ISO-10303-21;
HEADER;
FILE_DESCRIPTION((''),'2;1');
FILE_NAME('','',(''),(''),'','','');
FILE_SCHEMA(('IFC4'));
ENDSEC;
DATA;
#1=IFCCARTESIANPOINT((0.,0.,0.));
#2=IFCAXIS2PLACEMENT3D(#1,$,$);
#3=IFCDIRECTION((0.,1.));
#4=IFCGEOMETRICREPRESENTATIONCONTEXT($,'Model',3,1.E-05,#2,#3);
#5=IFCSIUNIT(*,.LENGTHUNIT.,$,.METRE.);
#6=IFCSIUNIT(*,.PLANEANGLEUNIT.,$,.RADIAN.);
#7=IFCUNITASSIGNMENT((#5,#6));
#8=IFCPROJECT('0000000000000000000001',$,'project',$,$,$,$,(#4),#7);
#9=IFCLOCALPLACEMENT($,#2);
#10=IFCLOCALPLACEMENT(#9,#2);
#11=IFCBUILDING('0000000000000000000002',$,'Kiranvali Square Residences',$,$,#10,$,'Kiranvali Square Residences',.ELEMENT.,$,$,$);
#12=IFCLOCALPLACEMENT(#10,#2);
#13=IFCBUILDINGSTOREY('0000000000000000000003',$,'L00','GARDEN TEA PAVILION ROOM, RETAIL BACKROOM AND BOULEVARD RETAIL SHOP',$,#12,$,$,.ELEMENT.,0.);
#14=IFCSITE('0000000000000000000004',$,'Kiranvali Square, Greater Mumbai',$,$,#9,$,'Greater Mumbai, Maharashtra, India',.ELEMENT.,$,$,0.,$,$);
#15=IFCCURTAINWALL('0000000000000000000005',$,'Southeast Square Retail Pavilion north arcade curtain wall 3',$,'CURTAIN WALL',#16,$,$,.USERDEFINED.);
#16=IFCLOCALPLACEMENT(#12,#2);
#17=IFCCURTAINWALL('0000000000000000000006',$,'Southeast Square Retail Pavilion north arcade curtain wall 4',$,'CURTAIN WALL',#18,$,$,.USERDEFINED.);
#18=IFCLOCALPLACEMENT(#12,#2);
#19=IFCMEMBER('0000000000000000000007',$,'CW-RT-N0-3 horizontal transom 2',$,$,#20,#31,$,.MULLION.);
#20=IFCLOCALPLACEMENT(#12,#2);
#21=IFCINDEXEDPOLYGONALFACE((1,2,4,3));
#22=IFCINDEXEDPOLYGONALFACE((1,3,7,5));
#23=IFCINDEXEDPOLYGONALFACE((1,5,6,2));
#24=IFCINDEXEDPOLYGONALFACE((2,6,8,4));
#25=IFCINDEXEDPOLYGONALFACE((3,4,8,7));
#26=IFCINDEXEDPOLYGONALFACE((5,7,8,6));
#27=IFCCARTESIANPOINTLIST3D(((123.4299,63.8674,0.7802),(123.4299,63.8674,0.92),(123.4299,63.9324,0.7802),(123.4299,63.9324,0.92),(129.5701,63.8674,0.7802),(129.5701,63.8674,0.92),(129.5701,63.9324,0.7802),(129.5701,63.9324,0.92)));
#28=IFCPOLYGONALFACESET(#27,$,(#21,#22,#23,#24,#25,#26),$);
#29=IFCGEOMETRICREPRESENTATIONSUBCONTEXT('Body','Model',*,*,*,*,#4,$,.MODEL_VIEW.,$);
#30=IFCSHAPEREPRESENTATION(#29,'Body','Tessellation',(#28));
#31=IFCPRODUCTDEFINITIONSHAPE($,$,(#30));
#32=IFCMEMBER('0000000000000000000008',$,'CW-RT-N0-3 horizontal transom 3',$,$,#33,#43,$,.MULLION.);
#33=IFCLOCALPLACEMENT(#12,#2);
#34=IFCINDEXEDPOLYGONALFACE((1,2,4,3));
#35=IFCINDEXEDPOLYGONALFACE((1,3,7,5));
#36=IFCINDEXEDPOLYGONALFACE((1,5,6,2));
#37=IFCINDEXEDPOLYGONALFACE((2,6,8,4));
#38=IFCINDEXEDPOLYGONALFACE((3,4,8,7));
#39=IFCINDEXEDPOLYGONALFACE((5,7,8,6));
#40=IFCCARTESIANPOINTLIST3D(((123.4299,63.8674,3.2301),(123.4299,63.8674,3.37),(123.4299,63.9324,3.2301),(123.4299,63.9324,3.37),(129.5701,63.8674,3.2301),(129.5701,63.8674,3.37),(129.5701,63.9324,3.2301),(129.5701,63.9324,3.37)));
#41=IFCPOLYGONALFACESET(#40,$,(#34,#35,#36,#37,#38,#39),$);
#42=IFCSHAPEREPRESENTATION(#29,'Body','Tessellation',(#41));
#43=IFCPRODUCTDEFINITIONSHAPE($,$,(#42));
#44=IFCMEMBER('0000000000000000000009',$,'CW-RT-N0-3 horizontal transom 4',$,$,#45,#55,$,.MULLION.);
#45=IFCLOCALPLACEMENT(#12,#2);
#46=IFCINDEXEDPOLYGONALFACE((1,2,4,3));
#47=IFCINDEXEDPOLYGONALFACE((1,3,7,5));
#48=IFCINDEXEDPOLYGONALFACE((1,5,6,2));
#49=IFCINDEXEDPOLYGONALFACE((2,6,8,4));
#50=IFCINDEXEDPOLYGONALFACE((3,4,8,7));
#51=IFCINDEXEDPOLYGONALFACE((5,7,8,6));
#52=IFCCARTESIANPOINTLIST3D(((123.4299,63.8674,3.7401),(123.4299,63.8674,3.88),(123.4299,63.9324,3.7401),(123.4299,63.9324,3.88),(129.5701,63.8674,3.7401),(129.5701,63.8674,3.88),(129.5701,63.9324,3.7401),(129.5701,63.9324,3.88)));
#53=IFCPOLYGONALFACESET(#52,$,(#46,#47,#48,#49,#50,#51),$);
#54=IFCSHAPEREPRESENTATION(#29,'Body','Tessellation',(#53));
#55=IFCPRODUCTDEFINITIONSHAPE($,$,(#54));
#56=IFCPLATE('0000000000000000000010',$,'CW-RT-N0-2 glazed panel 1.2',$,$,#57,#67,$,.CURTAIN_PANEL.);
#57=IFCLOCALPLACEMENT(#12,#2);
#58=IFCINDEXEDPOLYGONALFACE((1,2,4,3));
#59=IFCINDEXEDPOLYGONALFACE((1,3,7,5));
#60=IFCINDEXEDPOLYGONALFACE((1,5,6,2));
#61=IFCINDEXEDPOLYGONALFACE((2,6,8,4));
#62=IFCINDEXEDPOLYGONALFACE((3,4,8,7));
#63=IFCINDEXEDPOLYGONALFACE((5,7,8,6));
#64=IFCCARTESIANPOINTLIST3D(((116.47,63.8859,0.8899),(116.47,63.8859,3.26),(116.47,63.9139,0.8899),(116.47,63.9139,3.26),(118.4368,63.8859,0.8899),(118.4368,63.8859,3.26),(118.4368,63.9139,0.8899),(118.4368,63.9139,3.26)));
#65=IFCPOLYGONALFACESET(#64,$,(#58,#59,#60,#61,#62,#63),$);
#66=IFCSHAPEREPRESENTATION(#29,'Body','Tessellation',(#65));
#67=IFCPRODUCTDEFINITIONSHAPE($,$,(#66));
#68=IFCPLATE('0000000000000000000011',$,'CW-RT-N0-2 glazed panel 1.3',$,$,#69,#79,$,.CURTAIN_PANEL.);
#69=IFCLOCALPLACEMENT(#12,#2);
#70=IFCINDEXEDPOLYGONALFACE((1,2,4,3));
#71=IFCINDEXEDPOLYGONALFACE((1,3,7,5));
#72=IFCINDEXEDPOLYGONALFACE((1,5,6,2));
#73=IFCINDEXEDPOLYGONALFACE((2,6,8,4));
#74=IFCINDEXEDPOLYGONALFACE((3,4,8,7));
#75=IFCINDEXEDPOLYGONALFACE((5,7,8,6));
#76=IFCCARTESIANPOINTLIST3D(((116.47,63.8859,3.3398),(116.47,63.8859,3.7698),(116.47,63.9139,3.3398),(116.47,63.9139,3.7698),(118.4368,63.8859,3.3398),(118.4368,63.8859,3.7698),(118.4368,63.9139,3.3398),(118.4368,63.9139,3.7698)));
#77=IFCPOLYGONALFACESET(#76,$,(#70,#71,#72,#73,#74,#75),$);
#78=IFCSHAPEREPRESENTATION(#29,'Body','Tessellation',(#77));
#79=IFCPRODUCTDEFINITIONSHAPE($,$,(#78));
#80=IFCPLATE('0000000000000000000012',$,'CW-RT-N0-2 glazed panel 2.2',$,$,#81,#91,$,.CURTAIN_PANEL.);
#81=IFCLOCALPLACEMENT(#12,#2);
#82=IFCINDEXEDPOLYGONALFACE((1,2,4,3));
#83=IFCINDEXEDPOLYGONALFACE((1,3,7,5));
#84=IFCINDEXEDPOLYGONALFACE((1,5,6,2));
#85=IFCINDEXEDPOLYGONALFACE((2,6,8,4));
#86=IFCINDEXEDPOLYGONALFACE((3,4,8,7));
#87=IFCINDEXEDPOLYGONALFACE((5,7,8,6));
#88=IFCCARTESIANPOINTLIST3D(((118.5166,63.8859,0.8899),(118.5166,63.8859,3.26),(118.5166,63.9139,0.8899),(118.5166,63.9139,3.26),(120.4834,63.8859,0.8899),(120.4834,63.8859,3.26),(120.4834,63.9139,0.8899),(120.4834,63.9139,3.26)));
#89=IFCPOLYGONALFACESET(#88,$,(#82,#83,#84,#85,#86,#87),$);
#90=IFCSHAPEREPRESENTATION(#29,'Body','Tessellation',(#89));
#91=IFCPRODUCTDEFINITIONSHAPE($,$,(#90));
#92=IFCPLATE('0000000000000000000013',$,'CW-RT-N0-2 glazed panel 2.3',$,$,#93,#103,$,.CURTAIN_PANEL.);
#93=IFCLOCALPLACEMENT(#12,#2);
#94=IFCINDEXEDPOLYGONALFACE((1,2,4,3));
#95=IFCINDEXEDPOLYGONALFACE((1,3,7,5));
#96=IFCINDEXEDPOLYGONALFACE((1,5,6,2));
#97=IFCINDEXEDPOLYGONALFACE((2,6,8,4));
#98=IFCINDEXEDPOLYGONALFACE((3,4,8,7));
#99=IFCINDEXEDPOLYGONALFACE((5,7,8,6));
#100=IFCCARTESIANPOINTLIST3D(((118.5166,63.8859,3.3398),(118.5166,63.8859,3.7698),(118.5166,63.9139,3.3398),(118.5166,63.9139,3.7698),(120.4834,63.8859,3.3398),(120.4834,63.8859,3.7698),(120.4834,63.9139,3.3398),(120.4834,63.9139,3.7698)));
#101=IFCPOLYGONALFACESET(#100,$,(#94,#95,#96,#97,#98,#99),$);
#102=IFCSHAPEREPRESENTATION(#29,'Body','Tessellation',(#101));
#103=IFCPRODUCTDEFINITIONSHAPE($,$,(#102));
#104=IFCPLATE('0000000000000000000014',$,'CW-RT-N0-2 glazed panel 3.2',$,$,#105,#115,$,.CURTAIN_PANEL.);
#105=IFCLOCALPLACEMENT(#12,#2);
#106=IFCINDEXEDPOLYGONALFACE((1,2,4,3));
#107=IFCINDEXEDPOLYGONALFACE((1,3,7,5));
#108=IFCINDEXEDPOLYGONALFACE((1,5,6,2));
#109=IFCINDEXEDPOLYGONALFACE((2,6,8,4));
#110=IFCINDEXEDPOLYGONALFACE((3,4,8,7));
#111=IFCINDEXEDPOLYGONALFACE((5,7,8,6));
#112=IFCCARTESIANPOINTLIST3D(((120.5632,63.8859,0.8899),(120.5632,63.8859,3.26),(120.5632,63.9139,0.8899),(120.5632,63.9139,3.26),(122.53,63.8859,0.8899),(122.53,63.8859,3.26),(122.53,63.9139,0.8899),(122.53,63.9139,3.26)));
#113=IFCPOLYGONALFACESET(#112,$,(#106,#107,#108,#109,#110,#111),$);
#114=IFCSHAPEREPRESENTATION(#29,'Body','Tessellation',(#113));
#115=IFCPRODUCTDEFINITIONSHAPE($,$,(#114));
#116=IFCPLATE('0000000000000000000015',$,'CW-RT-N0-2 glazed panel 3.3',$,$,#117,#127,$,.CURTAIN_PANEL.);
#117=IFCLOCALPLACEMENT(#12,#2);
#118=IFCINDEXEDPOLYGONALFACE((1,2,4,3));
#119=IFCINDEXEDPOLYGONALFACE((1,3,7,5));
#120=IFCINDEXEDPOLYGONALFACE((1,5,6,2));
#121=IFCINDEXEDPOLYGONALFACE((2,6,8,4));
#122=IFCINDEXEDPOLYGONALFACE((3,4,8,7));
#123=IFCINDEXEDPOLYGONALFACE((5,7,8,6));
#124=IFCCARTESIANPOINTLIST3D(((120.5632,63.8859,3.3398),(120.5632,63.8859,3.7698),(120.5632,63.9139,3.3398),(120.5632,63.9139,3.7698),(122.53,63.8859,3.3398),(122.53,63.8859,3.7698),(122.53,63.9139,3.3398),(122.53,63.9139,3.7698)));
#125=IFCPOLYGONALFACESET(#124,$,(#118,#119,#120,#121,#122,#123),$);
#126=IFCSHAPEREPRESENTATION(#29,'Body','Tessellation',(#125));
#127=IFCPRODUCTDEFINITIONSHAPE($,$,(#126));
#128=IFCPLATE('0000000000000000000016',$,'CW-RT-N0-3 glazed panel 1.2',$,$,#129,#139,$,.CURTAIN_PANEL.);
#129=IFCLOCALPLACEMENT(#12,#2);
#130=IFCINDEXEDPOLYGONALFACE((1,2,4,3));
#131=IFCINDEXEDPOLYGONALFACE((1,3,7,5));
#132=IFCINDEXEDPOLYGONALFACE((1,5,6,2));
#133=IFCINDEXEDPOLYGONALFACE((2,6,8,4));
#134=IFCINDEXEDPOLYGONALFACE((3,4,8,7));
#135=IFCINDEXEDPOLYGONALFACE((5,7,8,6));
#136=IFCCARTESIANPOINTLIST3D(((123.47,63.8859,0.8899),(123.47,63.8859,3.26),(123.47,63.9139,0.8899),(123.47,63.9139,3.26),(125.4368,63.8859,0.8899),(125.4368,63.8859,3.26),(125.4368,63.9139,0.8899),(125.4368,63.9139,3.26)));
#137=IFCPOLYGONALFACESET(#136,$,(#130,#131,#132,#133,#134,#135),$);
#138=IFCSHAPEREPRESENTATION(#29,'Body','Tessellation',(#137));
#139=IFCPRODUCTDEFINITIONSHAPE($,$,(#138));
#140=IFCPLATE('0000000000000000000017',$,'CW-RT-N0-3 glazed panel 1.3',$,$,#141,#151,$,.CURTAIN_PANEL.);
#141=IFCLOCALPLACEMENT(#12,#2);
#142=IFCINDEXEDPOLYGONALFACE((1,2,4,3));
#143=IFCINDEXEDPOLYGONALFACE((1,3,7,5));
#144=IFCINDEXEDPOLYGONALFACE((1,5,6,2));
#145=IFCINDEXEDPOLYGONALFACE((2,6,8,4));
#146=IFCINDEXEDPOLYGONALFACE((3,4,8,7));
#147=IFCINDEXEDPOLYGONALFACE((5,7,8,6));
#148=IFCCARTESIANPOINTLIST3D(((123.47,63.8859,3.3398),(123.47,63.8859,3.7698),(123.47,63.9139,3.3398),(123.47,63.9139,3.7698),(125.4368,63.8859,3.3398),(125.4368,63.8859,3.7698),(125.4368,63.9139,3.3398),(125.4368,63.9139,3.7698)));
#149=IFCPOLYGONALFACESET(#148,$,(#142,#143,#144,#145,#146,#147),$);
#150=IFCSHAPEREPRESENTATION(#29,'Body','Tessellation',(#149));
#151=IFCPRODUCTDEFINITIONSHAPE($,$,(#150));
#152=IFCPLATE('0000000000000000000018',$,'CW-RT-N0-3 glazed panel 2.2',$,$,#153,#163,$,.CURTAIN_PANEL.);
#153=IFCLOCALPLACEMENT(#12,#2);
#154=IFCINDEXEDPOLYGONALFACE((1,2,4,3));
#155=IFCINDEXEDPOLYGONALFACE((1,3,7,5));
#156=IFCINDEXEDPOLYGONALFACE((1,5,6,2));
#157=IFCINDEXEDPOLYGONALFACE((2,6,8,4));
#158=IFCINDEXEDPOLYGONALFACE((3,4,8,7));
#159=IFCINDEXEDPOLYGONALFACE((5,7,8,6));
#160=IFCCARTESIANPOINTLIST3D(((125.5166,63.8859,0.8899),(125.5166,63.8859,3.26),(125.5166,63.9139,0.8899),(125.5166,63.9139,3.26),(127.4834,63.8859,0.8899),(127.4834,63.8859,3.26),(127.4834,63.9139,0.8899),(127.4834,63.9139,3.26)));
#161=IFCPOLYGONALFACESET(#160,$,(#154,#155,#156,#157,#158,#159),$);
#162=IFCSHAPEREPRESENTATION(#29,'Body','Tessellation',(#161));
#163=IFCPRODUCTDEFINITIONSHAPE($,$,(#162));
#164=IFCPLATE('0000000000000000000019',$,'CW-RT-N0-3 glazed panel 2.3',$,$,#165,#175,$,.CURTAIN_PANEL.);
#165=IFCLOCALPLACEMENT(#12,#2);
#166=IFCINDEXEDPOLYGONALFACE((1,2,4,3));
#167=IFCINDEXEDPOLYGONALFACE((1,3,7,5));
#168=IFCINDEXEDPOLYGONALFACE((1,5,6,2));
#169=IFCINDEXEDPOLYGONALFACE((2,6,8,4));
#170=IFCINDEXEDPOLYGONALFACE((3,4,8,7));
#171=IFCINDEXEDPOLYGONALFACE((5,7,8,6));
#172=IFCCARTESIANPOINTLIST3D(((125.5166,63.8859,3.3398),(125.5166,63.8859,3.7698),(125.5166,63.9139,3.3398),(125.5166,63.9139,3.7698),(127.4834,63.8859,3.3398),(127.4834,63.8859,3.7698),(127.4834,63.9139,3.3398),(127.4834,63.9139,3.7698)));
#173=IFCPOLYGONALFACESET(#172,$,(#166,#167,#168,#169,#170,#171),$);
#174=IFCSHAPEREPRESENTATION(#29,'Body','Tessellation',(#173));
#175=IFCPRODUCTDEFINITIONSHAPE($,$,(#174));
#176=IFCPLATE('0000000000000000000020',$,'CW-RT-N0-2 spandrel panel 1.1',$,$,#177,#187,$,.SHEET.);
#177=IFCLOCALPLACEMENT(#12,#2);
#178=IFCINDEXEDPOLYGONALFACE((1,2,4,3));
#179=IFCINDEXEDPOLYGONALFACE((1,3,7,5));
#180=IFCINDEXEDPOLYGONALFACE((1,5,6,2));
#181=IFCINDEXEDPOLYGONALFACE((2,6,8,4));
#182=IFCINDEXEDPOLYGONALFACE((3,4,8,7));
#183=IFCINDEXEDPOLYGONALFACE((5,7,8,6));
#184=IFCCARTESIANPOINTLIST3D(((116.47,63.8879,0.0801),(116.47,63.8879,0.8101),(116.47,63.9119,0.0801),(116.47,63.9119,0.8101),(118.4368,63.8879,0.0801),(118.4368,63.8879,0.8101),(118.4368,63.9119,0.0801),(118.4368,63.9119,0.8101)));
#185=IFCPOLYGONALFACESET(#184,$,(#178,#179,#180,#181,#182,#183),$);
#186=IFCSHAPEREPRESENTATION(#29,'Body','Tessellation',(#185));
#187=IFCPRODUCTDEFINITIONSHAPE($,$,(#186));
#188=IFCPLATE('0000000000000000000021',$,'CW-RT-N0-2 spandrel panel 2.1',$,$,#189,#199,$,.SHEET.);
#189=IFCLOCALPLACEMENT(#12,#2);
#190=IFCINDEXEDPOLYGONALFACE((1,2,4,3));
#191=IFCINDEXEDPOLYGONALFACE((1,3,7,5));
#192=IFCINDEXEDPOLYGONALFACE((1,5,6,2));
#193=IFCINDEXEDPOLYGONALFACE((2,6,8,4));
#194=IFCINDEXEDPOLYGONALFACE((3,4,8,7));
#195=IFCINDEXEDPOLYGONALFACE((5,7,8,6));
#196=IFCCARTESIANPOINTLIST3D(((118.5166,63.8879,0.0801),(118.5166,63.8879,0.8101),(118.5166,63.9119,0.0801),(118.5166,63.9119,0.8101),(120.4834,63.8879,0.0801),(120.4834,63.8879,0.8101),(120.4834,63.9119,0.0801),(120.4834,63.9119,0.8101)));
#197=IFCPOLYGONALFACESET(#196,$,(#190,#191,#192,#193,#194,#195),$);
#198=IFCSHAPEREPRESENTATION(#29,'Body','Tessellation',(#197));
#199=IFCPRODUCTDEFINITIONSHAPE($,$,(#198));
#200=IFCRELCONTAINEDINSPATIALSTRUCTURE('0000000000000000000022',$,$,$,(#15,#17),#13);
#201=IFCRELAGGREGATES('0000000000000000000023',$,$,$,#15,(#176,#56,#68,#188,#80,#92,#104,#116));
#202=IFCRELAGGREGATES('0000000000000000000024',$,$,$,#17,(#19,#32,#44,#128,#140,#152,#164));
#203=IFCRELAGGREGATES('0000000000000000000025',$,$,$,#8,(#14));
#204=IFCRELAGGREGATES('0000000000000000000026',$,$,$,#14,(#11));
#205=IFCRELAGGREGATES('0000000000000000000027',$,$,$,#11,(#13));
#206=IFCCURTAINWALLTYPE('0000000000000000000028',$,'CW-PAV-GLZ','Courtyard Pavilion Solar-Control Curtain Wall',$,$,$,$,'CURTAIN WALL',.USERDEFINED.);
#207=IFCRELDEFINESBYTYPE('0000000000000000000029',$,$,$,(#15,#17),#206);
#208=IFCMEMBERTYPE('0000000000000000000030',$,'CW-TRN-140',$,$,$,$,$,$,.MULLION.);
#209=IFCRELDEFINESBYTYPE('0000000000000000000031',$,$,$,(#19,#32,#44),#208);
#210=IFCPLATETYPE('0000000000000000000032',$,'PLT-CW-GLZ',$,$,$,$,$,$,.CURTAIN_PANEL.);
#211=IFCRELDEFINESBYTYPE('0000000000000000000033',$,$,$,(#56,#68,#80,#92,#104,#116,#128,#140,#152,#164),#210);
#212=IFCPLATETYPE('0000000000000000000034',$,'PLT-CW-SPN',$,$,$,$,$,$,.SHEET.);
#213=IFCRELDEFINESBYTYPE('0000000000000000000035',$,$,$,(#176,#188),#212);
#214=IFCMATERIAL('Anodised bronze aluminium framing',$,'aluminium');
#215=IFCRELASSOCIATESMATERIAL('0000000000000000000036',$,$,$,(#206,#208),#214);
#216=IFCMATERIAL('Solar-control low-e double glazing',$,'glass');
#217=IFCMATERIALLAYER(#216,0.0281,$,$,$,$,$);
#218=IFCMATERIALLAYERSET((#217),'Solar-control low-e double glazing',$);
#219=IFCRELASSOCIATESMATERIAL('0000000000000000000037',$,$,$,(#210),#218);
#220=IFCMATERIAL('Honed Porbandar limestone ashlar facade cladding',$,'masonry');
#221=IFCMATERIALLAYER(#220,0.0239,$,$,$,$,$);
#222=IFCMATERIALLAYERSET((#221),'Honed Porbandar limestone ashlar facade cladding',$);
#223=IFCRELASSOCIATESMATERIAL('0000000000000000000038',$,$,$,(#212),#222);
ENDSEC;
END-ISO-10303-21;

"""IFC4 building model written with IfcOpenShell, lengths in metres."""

from ifc_helpers import new_model, si_unit, direction, frame, origin, origin_2d, place, context, subcontext, project, spatial, rectangle, extrude, material, layer, layer_set, material_profile, profile_set, type_object, element, aggregate, save


model = new_model("IFC4")

# Units and contexts
model_context = context("Model", 3, precision=1e-05, world=origin(), true_north=direction((0.0, 1.0)))
body_context = subcontext(model_context, "Body", "Model", "MODEL_VIEW")
ifc_project = project(units=[si_unit("LENGTHUNIT", "METRE"), si_unit("PLANEANGLEUNIT", "RADIAN")], contexts=[model_context])

# Site, building, storey
site_placement = place(None, origin())
site = spatial("IfcSite", under=ifc_project, at=site_placement, Name="Kiranvali Square, Greater Mumbai", LongName="Greater Mumbai, Maharashtra, India", CompositionType="ELEMENT", RefElevation=0.0)
building_placement = place(site_placement, origin())
building = spatial("IfcBuilding", under=site, at=building_placement, Name="Kiranvali Square Residences", LongName="Kiranvali Square Residences", CompositionType="ELEMENT")
storey_placement = place(building_placement, origin())
storey = spatial("IfcBuildingStorey", under=building, at=storey_placement, Name="L00", Description="GARDEN TEA PAVILION ROOM, RETAIL BACKROOM AND BOULEVARD RETAIL SHOP", CompositionType="ELEMENT", Elevation=0.0)

# Curtain walls
ifc_material_1 = material(Name="Anodised bronze aluminium framing", Category="aluminium")
curtain_wall_type = type_object("IfcCurtainWallType", Name="CW-PAV-GLZ", Description="Courtyard Pavilion Solar-Control Curtain Wall", ElementType="CURTAIN WALL", PredefinedType="USERDEFINED", material=ifc_material_1)
curtain_wall_1_placement = place(storey_placement, origin())
curtain_wall_1 = element("IfcCurtainWall", 1, at=curtain_wall_1_placement, inside=storey, type_object=curtain_wall_type, Name="Southeast Square Retail Pavilion north arcade curtain wall 3", ObjectType="CURTAIN WALL", PredefinedType="USERDEFINED")
curtain_wall_2_placement = place(storey_placement, origin())
curtain_wall_2 = element("IfcCurtainWall", 2, at=curtain_wall_2_placement, inside=storey, type_object=curtain_wall_type, Name="Southeast Square Retail Pavilion north arcade curtain wall 4", ObjectType="CURTAIN WALL", PredefinedType="USERDEFINED")

# Members
ifc_material_profile_1 = material_profile(ifc_material_1, rectangle(XDim=0.0649, YDim=0.1399, at=origin_2d()), Name="ALU 65x140")
ifc_profile_set_1 = profile_set([ifc_material_profile_1], Name="Anodised bronze aluminium framing")
member_type_1 = type_object("IfcMemberType", Name="CW-TRN-140", PredefinedType="MULLION", material=ifc_profile_set_1)
member_1_placement = place(storey_placement, frame((123.4299, 63.8999, 0.8501), z_axis=(1.0, 0.0, 0.0), x_axis=(0.0, 1.0, 0.0)))
member_1 = element("IfcMember", 3, at=member_1_placement, type_object=member_type_1, Name="CW-RT-N0-3 horizontal transom 2", PredefinedType="MULLION", context=body_context, shape_type="SweptSolid", body=[
    extrude(rectangle(XDim=0.0649, YDim=0.1399, at=origin_2d()), origin(), (0.0, 0.0, 1.0), 6.1401),
])
member_2_placement = place(storey_placement, frame((123.4299, 63.8999, 3.3), z_axis=(1.0, 0.0, 0.0), x_axis=(0.0, 1.0, 0.0)))
member_2 = element("IfcMember", 4, at=member_2_placement, type_object=member_type_1, Name="CW-RT-N0-3 horizontal transom 3", PredefinedType="MULLION", context=body_context, shape_type="SweptSolid", body=[
    extrude(rectangle(XDim=0.0649, YDim=0.1399, at=origin_2d()), origin(), (0.0, 0.0, 1.0), 6.1401),
])
member_3_placement = place(storey_placement, frame((123.4299, 63.8999, 3.8101), z_axis=(1.0, 0.0, 0.0), x_axis=(0.0, 1.0, 0.0)))
member_3 = element("IfcMember", 5, at=member_3_placement, type_object=member_type_1, Name="CW-RT-N0-3 horizontal transom 4", PredefinedType="MULLION", context=body_context, shape_type="SweptSolid", body=[
    extrude(rectangle(XDim=0.0649, YDim=0.1399, at=origin_2d()), origin(), (0.0, 0.0, 1.0), 6.1401),
])

# Plates
ifc_material_2 = material(Name="Solar-control low-e double glazing", Category="glass")
ifc_layer_1 = layer(ifc_material_2, 0.0281)
ifc_layer_set_1 = layer_set([ifc_layer_1], Name="Solar-control low-e double glazing")
plate_type_1 = type_object("IfcPlateType", Name="PLT-CW-GLZ", PredefinedType="CURTAIN_PANEL", material=ifc_layer_set_1)
plate_1_placement = place(storey_placement, frame((117.4534, 63.8999, 0.8899), z_axis=(0.0, 0.0, 1.0), x_axis=(1.0, 0.0, 0.0)))
plate_1 = element("IfcPlate", 6, at=plate_1_placement, type_object=plate_type_1, Name="CW-RT-N0-2 glazed panel 1.2", PredefinedType="CURTAIN_PANEL", context=body_context, shape_type="SweptSolid", body=[
    extrude(rectangle(XDim=1.9668, YDim=0.0281, at=origin_2d()), origin(), (0.0, 0.0, 1.0), 2.3701),
])
plate_2_placement = place(storey_placement, frame((117.4534, 63.8999, 3.3398), z_axis=(0.0, 0.0, 1.0), x_axis=(1.0, 0.0, 0.0)))
plate_2 = element("IfcPlate", 7, at=plate_2_placement, type_object=plate_type_1, Name="CW-RT-N0-2 glazed panel 1.3", PredefinedType="CURTAIN_PANEL", context=body_context, shape_type="SweptSolid", body=[
    extrude(rectangle(XDim=1.9668, YDim=0.0281, at=origin_2d()), origin(), (0.0, 0.0, 1.0), 0.4299),
])
plate_3_placement = place(storey_placement, frame((119.5, 63.8999, 0.8899), z_axis=(0.0, 0.0, 1.0), x_axis=(1.0, 0.0, 0.0)))
plate_3 = element("IfcPlate", 8, at=plate_3_placement, type_object=plate_type_1, Name="CW-RT-N0-2 glazed panel 2.2", PredefinedType="CURTAIN_PANEL", context=body_context, shape_type="SweptSolid", body=[
    extrude(rectangle(XDim=1.9668, YDim=0.0281, at=origin_2d()), origin(), (0.0, 0.0, 1.0), 2.3701),
])
plate_4_placement = place(storey_placement, frame((119.5, 63.8999, 3.3398), z_axis=(0.0, 0.0, 1.0), x_axis=(1.0, 0.0, 0.0)))
plate_4 = element("IfcPlate", 9, at=plate_4_placement, type_object=plate_type_1, Name="CW-RT-N0-2 glazed panel 2.3", PredefinedType="CURTAIN_PANEL", context=body_context, shape_type="SweptSolid", body=[
    extrude(rectangle(XDim=1.9668, YDim=0.0281, at=origin_2d()), origin(), (0.0, 0.0, 1.0), 0.4299),
])
plate_5_placement = place(storey_placement, frame((121.5466, 63.8999, 0.8899), z_axis=(0.0, 0.0, 1.0), x_axis=(1.0, 0.0, 0.0)))
plate_5 = element("IfcPlate", 10, at=plate_5_placement, type_object=plate_type_1, Name="CW-RT-N0-2 glazed panel 3.2", PredefinedType="CURTAIN_PANEL", context=body_context, shape_type="SweptSolid", body=[
    extrude(rectangle(XDim=1.9668, YDim=0.0281, at=origin_2d()), origin(), (0.0, 0.0, 1.0), 2.3701),
])
plate_6_placement = place(storey_placement, frame((121.5466, 63.8999, 3.3398), z_axis=(0.0, 0.0, 1.0), x_axis=(1.0, 0.0, 0.0)))
plate_6 = element("IfcPlate", 11, at=plate_6_placement, type_object=plate_type_1, Name="CW-RT-N0-2 glazed panel 3.3", PredefinedType="CURTAIN_PANEL", context=body_context, shape_type="SweptSolid", body=[
    extrude(rectangle(XDim=1.9668, YDim=0.0281, at=origin_2d()), origin(), (0.0, 0.0, 1.0), 0.4299),
])
plate_7_placement = place(storey_placement, frame((124.4534, 63.8999, 0.8899), z_axis=(0.0, 0.0, 1.0), x_axis=(1.0, 0.0, 0.0)))
plate_7 = element("IfcPlate", 12, at=plate_7_placement, type_object=plate_type_1, Name="CW-RT-N0-3 glazed panel 1.2", PredefinedType="CURTAIN_PANEL", context=body_context, shape_type="SweptSolid", body=[
    extrude(rectangle(XDim=1.9668, YDim=0.0281, at=origin_2d()), origin(), (0.0, 0.0, 1.0), 2.3701),
])
plate_8_placement = place(storey_placement, frame((124.4534, 63.8999, 3.3398), z_axis=(0.0, 0.0, 1.0), x_axis=(1.0, 0.0, 0.0)))
plate_8 = element("IfcPlate", 13, at=plate_8_placement, type_object=plate_type_1, Name="CW-RT-N0-3 glazed panel 1.3", PredefinedType="CURTAIN_PANEL", context=body_context, shape_type="SweptSolid", body=[
    extrude(rectangle(XDim=1.9668, YDim=0.0281, at=origin_2d()), origin(), (0.0, 0.0, 1.0), 0.4299),
])
plate_9_placement = place(storey_placement, frame((126.5, 63.8999, 0.8899), z_axis=(0.0, 0.0, 1.0), x_axis=(1.0, 0.0, 0.0)))
plate_9 = element("IfcPlate", 14, at=plate_9_placement, type_object=plate_type_1, Name="CW-RT-N0-3 glazed panel 2.2", PredefinedType="CURTAIN_PANEL", context=body_context, shape_type="SweptSolid", body=[
    extrude(rectangle(XDim=1.9668, YDim=0.0281, at=origin_2d()), origin(), (0.0, 0.0, 1.0), 2.3701),
])
plate_10_placement = place(storey_placement, frame((126.5, 63.8999, 3.3398), z_axis=(0.0, 0.0, 1.0), x_axis=(1.0, 0.0, 0.0)))
plate_10 = element("IfcPlate", 15, at=plate_10_placement, type_object=plate_type_1, Name="CW-RT-N0-3 glazed panel 2.3", PredefinedType="CURTAIN_PANEL", context=body_context, shape_type="SweptSolid", body=[
    extrude(rectangle(XDim=1.9668, YDim=0.0281, at=origin_2d()), origin(), (0.0, 0.0, 1.0), 0.4299),
])
ifc_material_3 = material(Name="Honed Porbandar limestone ashlar facade cladding", Category="masonry")
ifc_layer_2 = layer(ifc_material_3, 0.0239)
ifc_layer_set_2 = layer_set([ifc_layer_2], Name="Honed Porbandar limestone ashlar facade cladding")
plate_type_2 = type_object("IfcPlateType", Name="PLT-CW-SPN", PredefinedType="SHEET", material=ifc_layer_set_2)
plate_11_placement = place(storey_placement, frame((117.4534, 63.8999, 0.0801), z_axis=(0.0, 0.0, 1.0), x_axis=(1.0, 0.0, 0.0)))
plate_11 = element("IfcPlate", 16, at=plate_11_placement, type_object=plate_type_2, Name="CW-RT-N0-2 spandrel panel 1.1", PredefinedType="SHEET", context=body_context, shape_type="SweptSolid", body=[
    extrude(rectangle(XDim=1.9668, YDim=0.0239, at=origin_2d()), origin(), (0.0, 0.0, 1.0), 0.73),
])
plate_12_placement = place(storey_placement, frame((119.5, 63.8999, 0.0801), z_axis=(0.0, 0.0, 1.0), x_axis=(1.0, 0.0, 0.0)))
plate_12 = element("IfcPlate", 17, at=plate_12_placement, type_object=plate_type_2, Name="CW-RT-N0-2 spandrel panel 2.1", PredefinedType="SHEET", context=body_context, shape_type="SweptSolid", body=[
    extrude(rectangle(XDim=1.9668, YDim=0.0239, at=origin_2d()), origin(), (0.0, 0.0, 1.0), 0.73),
])
aggregate(curtain_wall_1, [plate_11, plate_1, plate_2, plate_12, plate_3, plate_4, plate_5, plate_6])
aggregate(curtain_wall_2, [member_1, member_2, member_3, plate_7, plate_8, plate_9, plate_10])

save(model, "model.ifc")
